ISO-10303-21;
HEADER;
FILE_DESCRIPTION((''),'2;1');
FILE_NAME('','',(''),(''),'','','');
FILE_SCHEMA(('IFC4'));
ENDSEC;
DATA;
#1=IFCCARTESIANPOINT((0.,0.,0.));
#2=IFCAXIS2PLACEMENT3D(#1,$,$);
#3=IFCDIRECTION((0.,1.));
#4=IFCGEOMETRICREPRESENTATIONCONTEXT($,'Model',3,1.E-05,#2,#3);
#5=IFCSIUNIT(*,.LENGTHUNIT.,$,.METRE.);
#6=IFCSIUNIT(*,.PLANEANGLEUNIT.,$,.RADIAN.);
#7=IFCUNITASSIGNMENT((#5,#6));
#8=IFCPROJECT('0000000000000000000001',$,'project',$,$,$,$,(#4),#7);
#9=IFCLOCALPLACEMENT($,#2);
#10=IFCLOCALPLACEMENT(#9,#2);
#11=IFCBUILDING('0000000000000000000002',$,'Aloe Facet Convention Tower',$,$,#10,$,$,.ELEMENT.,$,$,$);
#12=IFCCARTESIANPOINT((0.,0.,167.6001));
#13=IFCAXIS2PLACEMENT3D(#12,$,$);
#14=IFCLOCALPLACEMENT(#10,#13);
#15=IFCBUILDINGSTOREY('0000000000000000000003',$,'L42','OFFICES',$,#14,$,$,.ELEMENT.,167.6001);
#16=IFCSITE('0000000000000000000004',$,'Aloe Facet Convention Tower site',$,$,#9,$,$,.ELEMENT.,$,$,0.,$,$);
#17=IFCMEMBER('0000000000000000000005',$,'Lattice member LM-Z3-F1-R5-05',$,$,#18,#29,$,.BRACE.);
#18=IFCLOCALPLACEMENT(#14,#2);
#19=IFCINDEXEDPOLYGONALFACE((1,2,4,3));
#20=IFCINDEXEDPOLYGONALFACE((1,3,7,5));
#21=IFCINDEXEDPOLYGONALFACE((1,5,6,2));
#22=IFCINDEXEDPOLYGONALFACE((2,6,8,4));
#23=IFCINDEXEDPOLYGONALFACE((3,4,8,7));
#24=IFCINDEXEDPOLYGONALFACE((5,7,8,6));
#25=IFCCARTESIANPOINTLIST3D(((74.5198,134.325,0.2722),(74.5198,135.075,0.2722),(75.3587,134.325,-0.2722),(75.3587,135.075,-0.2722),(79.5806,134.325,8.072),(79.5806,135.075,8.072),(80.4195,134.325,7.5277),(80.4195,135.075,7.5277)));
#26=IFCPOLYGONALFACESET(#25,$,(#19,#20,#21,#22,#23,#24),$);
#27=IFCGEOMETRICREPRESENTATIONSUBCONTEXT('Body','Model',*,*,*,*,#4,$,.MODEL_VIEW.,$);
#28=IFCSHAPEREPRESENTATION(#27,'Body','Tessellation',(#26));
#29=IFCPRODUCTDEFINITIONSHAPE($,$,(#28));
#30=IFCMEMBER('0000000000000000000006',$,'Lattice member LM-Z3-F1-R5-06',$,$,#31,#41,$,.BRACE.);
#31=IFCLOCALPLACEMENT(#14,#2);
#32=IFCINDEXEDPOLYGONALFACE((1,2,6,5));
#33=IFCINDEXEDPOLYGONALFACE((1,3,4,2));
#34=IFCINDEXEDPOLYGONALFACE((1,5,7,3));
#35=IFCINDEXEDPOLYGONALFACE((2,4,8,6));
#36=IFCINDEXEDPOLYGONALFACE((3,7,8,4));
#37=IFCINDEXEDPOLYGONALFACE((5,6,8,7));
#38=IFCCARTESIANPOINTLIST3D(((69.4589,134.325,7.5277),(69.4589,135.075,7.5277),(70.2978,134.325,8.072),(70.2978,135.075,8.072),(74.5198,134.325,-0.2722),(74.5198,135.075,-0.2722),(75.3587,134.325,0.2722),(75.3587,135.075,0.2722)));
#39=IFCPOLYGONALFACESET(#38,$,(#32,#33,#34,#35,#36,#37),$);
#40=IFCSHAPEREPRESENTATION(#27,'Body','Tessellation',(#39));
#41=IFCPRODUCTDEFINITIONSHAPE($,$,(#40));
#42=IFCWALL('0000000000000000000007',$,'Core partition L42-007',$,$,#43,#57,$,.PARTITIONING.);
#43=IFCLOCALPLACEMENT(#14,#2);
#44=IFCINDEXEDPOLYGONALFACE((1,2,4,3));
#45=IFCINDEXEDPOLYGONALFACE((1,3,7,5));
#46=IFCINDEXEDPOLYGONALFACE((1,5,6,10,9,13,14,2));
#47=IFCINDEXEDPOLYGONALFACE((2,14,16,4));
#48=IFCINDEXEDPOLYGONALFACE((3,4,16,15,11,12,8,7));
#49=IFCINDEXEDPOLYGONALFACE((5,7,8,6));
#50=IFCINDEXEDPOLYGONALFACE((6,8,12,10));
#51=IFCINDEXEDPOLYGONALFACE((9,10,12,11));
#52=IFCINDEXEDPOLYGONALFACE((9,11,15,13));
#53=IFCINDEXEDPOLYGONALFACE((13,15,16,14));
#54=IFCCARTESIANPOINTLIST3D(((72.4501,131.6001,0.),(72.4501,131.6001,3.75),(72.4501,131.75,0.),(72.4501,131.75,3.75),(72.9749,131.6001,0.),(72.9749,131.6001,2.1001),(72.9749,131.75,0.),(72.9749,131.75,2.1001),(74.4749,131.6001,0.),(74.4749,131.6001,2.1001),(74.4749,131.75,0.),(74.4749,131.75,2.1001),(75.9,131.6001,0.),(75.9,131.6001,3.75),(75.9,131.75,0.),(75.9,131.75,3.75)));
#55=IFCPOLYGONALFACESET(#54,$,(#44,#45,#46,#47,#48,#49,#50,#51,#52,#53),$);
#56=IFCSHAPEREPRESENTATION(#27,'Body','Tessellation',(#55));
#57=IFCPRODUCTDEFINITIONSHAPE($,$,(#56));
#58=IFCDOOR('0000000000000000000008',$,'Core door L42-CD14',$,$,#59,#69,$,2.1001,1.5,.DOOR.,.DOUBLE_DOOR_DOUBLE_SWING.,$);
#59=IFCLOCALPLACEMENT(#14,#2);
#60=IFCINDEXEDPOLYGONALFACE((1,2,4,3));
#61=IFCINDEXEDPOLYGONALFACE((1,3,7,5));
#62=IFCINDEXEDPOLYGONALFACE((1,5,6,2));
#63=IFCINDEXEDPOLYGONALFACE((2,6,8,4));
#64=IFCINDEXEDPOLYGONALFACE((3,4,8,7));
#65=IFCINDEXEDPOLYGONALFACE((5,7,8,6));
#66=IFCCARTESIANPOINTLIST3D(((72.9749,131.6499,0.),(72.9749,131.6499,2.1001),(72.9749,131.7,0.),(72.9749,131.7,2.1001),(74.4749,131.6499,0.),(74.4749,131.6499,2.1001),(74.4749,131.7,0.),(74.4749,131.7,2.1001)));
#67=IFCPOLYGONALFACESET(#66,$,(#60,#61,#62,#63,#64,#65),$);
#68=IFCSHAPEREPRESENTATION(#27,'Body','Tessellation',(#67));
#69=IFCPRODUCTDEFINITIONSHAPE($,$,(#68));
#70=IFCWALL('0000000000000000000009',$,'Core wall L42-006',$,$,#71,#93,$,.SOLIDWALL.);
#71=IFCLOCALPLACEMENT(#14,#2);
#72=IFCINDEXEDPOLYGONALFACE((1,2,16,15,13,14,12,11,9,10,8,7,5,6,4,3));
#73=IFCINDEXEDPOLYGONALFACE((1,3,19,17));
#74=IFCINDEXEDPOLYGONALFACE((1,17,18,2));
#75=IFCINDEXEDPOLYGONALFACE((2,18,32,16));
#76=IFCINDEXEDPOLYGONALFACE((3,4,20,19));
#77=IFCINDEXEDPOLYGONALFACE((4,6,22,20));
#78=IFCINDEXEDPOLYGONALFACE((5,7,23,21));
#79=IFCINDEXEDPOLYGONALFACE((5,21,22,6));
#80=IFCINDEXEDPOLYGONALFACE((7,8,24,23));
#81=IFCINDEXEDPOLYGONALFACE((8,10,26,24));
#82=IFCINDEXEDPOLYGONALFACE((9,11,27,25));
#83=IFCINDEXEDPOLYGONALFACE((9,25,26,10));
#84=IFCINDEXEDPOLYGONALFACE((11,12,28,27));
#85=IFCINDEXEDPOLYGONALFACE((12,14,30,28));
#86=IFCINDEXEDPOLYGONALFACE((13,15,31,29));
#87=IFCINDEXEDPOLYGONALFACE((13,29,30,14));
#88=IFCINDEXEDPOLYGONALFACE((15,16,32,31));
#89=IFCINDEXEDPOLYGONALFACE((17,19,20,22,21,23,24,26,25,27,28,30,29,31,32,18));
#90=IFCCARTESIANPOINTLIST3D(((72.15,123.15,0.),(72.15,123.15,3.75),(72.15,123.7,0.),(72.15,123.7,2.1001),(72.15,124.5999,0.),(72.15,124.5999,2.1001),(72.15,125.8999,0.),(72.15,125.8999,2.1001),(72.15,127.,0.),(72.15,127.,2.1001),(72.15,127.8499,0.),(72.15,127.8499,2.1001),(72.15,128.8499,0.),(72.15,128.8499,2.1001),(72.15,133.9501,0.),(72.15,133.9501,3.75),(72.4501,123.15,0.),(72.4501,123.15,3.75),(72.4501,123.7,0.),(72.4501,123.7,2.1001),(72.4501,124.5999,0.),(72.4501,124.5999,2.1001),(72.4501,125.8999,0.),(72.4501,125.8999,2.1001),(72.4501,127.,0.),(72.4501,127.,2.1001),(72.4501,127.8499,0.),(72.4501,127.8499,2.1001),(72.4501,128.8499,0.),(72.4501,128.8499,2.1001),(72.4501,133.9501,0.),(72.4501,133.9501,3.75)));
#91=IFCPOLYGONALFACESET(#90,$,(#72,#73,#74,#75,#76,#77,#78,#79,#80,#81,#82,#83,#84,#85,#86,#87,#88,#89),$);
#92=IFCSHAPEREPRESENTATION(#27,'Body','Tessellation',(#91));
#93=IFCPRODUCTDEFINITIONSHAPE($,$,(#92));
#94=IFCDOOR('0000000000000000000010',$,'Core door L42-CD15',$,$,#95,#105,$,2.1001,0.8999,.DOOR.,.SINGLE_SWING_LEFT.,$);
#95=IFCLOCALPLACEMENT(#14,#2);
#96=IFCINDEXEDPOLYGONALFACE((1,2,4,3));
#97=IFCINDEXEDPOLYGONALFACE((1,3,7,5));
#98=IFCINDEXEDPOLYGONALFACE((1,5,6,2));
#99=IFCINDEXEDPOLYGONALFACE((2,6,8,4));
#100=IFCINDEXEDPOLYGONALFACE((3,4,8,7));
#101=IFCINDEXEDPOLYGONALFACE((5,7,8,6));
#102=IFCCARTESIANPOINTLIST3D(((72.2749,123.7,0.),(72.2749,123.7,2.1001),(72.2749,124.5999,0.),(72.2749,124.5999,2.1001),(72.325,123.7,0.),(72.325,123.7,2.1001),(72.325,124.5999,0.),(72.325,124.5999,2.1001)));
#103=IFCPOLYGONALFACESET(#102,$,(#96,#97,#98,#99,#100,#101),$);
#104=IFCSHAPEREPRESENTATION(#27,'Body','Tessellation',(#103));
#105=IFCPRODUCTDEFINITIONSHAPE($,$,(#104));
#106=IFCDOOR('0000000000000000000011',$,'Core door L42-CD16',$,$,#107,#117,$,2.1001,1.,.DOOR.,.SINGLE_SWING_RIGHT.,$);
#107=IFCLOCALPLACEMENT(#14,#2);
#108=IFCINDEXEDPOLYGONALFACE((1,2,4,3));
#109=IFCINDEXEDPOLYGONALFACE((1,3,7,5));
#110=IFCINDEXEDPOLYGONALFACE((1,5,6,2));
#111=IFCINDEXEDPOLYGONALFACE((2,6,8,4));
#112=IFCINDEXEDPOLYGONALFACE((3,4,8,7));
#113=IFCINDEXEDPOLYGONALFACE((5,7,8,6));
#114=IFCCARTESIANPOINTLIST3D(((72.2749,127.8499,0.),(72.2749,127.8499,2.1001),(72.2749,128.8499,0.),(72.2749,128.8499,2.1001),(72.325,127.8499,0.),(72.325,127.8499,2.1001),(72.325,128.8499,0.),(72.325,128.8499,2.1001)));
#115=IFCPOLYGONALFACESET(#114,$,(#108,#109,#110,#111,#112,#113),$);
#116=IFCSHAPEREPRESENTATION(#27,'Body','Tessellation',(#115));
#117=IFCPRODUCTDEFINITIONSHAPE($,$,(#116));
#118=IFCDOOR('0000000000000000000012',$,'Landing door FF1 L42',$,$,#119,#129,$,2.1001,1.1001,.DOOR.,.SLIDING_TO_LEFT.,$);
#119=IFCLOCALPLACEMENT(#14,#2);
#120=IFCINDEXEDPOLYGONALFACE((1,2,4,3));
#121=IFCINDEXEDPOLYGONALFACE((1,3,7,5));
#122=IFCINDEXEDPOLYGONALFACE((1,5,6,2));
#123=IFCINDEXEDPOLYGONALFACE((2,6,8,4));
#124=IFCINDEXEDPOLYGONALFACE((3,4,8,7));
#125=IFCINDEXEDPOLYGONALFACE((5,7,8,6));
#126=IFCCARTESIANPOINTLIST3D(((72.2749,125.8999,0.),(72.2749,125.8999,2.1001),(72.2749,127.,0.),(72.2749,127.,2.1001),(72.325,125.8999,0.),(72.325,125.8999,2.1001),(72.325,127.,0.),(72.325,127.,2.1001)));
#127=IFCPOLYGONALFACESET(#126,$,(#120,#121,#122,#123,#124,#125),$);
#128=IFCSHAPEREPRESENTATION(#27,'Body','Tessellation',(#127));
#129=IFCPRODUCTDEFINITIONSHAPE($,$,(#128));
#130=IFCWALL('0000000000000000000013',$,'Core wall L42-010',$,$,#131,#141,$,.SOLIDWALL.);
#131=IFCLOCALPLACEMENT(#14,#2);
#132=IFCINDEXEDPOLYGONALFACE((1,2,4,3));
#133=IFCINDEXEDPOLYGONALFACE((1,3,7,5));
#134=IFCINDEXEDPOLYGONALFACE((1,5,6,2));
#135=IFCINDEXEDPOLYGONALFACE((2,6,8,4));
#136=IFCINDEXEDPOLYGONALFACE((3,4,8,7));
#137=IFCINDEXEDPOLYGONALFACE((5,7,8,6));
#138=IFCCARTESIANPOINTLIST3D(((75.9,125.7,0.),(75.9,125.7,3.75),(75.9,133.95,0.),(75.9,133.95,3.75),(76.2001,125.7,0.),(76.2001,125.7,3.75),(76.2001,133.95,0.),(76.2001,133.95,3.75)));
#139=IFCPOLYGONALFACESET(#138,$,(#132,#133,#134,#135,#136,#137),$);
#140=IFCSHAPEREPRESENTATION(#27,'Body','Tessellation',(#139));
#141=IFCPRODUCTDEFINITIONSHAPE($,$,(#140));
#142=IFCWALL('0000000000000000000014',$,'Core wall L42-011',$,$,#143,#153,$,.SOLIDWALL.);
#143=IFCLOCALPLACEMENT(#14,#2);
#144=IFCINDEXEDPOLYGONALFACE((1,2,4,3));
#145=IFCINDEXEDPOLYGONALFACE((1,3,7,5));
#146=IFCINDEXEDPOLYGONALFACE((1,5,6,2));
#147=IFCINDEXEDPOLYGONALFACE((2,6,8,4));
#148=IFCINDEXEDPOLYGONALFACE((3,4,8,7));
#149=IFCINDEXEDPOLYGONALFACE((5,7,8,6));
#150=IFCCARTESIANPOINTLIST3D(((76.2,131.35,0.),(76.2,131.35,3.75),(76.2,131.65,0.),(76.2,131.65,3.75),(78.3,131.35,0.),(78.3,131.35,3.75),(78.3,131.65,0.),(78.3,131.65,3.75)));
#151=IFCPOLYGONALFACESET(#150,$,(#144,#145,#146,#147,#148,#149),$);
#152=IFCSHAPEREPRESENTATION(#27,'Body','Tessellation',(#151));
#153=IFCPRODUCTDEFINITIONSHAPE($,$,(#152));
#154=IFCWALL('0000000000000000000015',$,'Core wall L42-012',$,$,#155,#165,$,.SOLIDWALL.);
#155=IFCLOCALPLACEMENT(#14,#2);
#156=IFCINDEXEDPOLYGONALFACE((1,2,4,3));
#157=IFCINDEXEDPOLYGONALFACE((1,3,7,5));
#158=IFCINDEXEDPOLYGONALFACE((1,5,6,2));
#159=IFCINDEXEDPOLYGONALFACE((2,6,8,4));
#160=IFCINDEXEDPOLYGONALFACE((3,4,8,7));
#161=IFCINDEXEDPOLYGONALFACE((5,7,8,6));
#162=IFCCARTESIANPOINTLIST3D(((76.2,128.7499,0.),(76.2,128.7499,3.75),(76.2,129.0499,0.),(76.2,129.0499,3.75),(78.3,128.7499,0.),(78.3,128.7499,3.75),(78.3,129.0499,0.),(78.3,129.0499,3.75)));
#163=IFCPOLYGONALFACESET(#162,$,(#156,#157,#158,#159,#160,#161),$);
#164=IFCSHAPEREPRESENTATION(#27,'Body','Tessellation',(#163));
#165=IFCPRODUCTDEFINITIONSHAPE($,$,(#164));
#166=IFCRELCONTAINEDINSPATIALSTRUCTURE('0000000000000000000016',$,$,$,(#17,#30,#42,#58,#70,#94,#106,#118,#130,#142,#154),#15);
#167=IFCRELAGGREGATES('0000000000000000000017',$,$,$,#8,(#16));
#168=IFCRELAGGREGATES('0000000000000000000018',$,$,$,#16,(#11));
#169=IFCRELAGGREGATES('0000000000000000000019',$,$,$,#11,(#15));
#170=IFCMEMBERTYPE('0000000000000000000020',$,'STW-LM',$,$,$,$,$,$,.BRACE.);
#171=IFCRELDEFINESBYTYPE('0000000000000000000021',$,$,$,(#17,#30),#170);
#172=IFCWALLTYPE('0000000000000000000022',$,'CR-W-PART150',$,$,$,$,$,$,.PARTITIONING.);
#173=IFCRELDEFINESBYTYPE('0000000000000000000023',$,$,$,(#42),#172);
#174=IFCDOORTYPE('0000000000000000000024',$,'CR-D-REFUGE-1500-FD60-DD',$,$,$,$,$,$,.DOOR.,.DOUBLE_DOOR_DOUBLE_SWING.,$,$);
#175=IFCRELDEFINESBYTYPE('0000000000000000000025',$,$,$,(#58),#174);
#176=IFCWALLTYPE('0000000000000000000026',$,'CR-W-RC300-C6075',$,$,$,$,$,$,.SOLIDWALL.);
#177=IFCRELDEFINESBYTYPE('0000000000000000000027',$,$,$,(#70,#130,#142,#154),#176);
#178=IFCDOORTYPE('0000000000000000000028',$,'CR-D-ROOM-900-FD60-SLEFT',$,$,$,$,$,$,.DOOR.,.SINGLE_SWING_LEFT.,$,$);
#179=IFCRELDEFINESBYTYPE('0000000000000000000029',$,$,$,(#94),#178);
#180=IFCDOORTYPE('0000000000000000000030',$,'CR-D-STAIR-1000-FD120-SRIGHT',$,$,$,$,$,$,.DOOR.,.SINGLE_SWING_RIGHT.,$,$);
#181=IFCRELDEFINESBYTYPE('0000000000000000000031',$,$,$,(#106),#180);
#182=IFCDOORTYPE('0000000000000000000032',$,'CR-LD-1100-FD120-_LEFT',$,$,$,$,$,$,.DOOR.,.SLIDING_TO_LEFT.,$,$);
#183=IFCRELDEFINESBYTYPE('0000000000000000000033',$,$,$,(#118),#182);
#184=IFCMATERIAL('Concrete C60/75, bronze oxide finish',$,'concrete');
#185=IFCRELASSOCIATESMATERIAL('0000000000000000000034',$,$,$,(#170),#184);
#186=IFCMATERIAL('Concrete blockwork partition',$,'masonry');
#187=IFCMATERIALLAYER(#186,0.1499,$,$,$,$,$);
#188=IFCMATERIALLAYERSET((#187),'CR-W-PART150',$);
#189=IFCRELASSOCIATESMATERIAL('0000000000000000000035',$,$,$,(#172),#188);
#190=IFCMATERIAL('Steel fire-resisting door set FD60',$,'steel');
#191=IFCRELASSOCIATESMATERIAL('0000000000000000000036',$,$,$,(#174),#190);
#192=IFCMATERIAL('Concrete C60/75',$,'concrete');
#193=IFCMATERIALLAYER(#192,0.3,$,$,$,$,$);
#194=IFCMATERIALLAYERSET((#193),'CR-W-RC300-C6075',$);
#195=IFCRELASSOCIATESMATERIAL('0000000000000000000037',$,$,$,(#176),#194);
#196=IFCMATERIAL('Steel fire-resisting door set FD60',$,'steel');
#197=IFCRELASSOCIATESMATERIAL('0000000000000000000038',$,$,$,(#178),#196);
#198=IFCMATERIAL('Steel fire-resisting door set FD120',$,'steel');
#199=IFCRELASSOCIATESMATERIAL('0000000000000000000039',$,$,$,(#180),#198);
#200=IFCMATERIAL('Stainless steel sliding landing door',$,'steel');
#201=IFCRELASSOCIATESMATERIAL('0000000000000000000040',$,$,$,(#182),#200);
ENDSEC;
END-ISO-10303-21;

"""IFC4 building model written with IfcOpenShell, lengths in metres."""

from ifc_helpers import new_model, si_unit, direction, frame, frame_2d, origin, origin_2d, place, context, subcontext, project, spatial, rectangle, extrude, material, layer, layer_set, material_profile, profile_set, type_object, element, fill, save


model = new_model("IFC4")

# Units and contexts
model_context = context("Model", 3, precision=1e-05, world=origin(), true_north=direction((0.0, 1.0)))
body_context = subcontext(model_context, "Body", "Model", "MODEL_VIEW")
ifc_project = project(units=[si_unit("LENGTHUNIT", "METRE"), si_unit("PLANEANGLEUNIT", "RADIAN")], contexts=[model_context])

# Site, building, storey
site_placement = place(None, origin())
site = spatial("IfcSite", under=ifc_project, at=site_placement, Name="Aloe Facet Convention Tower site", CompositionType="ELEMENT", RefElevation=0.0)
building_placement = place(site_placement, origin())
building = spatial("IfcBuilding", under=site, at=building_placement, Name="Aloe Facet Convention Tower", CompositionType="ELEMENT")
storey_placement = place(building_placement, frame((0.0, 0.0, 167.6001)))
storey = spatial("IfcBuildingStorey", under=building, at=storey_placement, Name="L42", Description="OFFICES", CompositionType="ELEMENT", Elevation=167.6001)

# Members
ifc_material_1 = material(Name="Concrete C60/75, bronze oxide finish", Category="concrete")
ifc_material_profile = material_profile(ifc_material_1, rectangle(XDim=0.75, YDim=1.0, at=origin_2d()), Name="STW-LM")
ifc_profile_set = profile_set([ifc_material_profile], Name="Concrete C60/75, bronze oxide finish")
member_type = type_object("IfcMemberType", Name="STW-LM", PredefinedType="BRACE", material=ifc_profile_set)
for number, where, z_axis, x_axis, name in (
    (1, (74.9392, 134.7, 0.0), (0.544301, 0.0, 0.83889), (0.0, 1.0, 0.0), "Lattice member LM-Z3-F1-R5-05"),
    (2, (74.9392, 134.7, 0.0), (-0.544301, 0.0, 0.83889), (0.0, -1.0, 0.0), "Lattice member LM-Z3-F1-R5-06"),
):
    element("IfcMember", number, at=place(storey_placement, frame(where, z_axis=z_axis, x_axis=x_axis)), inside=storey, type_object=member_type, Name=name, PredefinedType="BRACE", context=body_context, shape_type="SweptSolid", body=[
        extrude(rectangle(XDim=0.75, YDim=1.0, at=origin_2d()), origin(), (0.0, 0.0, 1.0), 9.2979),
    ])

# Wall, opening, door
ifc_material_2 = material(Name="Concrete blockwork partition", Category="masonry")
ifc_layer_1 = layer(ifc_material_2, 0.1499)
ifc_layer_set_1 = layer_set([ifc_layer_1], Name="CR-W-PART150")
wall_type_1 = type_object("IfcWallType", Name="CR-W-PART150", PredefinedType="PARTITIONING", material=ifc_layer_set_1)
wall_1_placement = place(storey_placement, frame((72.45, 131.675, 0.0), z_axis=(0.0, 0.0, 1.0), x_axis=(1.0, 0.0, 0.0)))
wall_1 = element("IfcWall", 3, at=wall_1_placement, inside=storey, type_object=wall_type_1, Name="Core partition L42-007", PredefinedType="PARTITIONING", context=body_context, shape_type="SweptSolid", body=[
    extrude(rectangle(XDim=3.45, YDim=0.1499, at=frame_2d((1.7251, 0.0))), origin(), (0.0, 0.0, 1.0), 3.75),
])
opening_1_placement = place(wall_1_placement, frame((0.5249, 0.0, 0.0)))
opening_1 = element("IfcOpeningElement", 4, at=opening_1_placement, cuts=wall_1, PredefinedType="OPENING", context=body_context, shape_type="SweptSolid", body=[
    extrude(rectangle(XDim=1.5, YDim=2.1001, at=frame_2d((0.75, 1.05))), frame((0.0, 0.085, 0.0), z_axis=(0.0, -1.0, 0.0), x_axis=(1.0, 0.0, 0.0)), (0.0, 0.0, 1.0), 0.1699),
])
ifc_material_3 = material(Name="Steel fire-resisting door set FD60", Category="steel")
door_type_1 = type_object("IfcDoorType", Name="CR-D-REFUGE-1500-FD60-DD", OperationType="DOUBLE_DOOR_DOUBLE_SWING", PredefinedType="DOOR", material=ifc_material_3)
door_1_placement = place(opening_1_placement, origin())
door_1 = element("IfcDoor", 5, at=door_1_placement, inside=storey, type_object=door_type_1, Name="Core door L42-CD14", OperationType="DOUBLE_DOOR_DOUBLE_SWING", OverallHeight=2.1001, OverallWidth=1.5, PredefinedType="DOOR", context=body_context, shape_type="SweptSolid", body=[
    extrude(rectangle(XDim=1.5, YDim=2.1001, at=frame_2d((0.75, 1.05))), frame((0.0, 0.0249, 0.0), z_axis=(0.0, -1.0, 0.0), x_axis=(1.0, 0.0, 0.0)), (0.0, 0.0, 1.0), 0.05),
])
fill(opening_1, door_1)

# Wall, openings, doors
ifc_material_4 = material(Name="Concrete C60/75", Category="concrete")
ifc_layer_2 = layer(ifc_material_4, 0.3)
ifc_layer_set_2 = layer_set([ifc_layer_2], Name="CR-W-RC300-C6075")
wall_type_2 = type_object("IfcWallType", Name="CR-W-RC300-C6075", PredefinedType="SOLIDWALL", material=ifc_layer_set_2)
wall_2_placement = place(storey_placement, frame((72.3, 133.95, 0.0), z_axis=(0.0, 0.0, 1.0), x_axis=(0.0, -1.0, 0.0)))
wall_2 = element("IfcWall", 6, at=wall_2_placement, inside=storey, type_object=wall_type_2, Name="Core wall L42-006", PredefinedType="SOLIDWALL", context=body_context, shape_type="SweptSolid", body=[
    extrude(rectangle(XDim=10.8, YDim=0.3, at=frame_2d((5.3999, 0.0))), origin(), (0.0, 0.0, 1.0), 3.75),
])
opening_2_placement = place(wall_2_placement, frame((6.95, 0.0, 0.0)))
opening_2 = element("IfcOpeningElement", 7, at=opening_2_placement, cuts=wall_2, PredefinedType="OPENING", context=body_context, shape_type="SweptSolid", body=[
    extrude(rectangle(XDim=1.1001, YDim=2.1001, at=frame_2d((0.55, 1.05))), frame((0.0, 0.1602, 0.0), z_axis=(0.0, -1.0, 0.0), x_axis=(1.0, 0.0, 0.0)), (0.0, 0.0, 1.0), 0.3201),
])
opening_3_placement = place(wall_2_placement, frame((9.3501, 0.0, 0.0)))
opening_3 = element("IfcOpeningElement", 8, at=opening_3_placement, cuts=wall_2, PredefinedType="OPENING", context=body_context, shape_type="SweptSolid", body=[
    extrude(rectangle(XDim=0.8999, YDim=2.1001, at=frame_2d((0.45, 1.05))), frame((0.0, 0.1602, 0.0), z_axis=(0.0, -1.0, 0.0), x_axis=(1.0, 0.0, 0.0)), (0.0, 0.0, 1.0), 0.3201),
])
opening_4_placement = place(wall_2_placement, frame((5.1001, 0.0, 0.0)))
opening_4 = element("IfcOpeningElement", 9, at=opening_4_placement, cuts=wall_2, PredefinedType="OPENING", context=body_context, shape_type="SweptSolid", body=[
    extrude(rectangle(XDim=1.0, YDim=2.1001, at=frame_2d((0.5, 1.05))), frame((0.0, 0.1602, 0.0), z_axis=(0.0, -1.0, 0.0), x_axis=(1.0, 0.0, 0.0)), (0.0, 0.0, 1.0), 0.3201),
])
ifc_material_5 = material(Name="Steel fire-resisting door set FD60", Category="steel")
door_type_2 = type_object("IfcDoorType", Name="CR-D-ROOM-900-FD60-SLEFT", OperationType="SINGLE_SWING_LEFT", PredefinedType="DOOR", material=ifc_material_5)
door_2_placement = place(opening_3_placement, origin())
door_2 = element("IfcDoor", 10, at=door_2_placement, inside=storey, type_object=door_type_2, Name="Core door L42-CD15", OperationType="SINGLE_SWING_LEFT", OverallHeight=2.1001, OverallWidth=0.8999, PredefinedType="DOOR", context=body_context, shape_type="SweptSolid", body=[
    extrude(rectangle(XDim=0.8999, YDim=2.1001, at=frame_2d((0.45, 1.05))), frame((0.0, 0.0249, 0.0), z_axis=(0.0, -1.0, 0.0), x_axis=(1.0, 0.0, 0.0)), (0.0, 0.0, 1.0), 0.05),
])
fill(opening_3, door_2)
ifc_material_6 = material(Name="Steel fire-resisting door set FD120", Category="steel")
door_type_3 = type_object("IfcDoorType", Name="CR-D-STAIR-1000-FD120-SRIGHT", OperationType="SINGLE_SWING_RIGHT", PredefinedType="DOOR", material=ifc_material_6)
door_3_placement = place(opening_4_placement, origin())
door_3 = element("IfcDoor", 11, at=door_3_placement, inside=storey, type_object=door_type_3, Name="Core door L42-CD16", OperationType="SINGLE_SWING_RIGHT", OverallHeight=2.1001, OverallWidth=1.0, PredefinedType="DOOR", context=body_context, shape_type="SweptSolid", body=[
    extrude(rectangle(XDim=1.0, YDim=2.1001, at=frame_2d((0.5, 1.05))), frame((0.0, 0.0249, 0.0), z_axis=(0.0, -1.0, 0.0), x_axis=(1.0, 0.0, 0.0)), (0.0, 0.0, 1.0), 0.05),
])
fill(opening_4, door_3)
ifc_material_7 = material(Name="Stainless steel sliding landing door", Category="steel")
door_type_4 = type_object("IfcDoorType", Name="CR-LD-1100-FD120-_LEFT", OperationType="SLIDING_TO_LEFT", PredefinedType="DOOR", material=ifc_material_7)
door_4_placement = place(opening_2_placement, origin())
door_4 = element("IfcDoor", 12, at=door_4_placement, inside=storey, type_object=door_type_4, Name="Landing door FF1 L42", OperationType="SLIDING_TO_LEFT", OverallHeight=2.1001, OverallWidth=1.1001, PredefinedType="DOOR", context=body_context, shape_type="SweptSolid", body=[
    extrude(rectangle(XDim=1.1001, YDim=2.1001, at=frame_2d((0.55, 1.05))), frame((0.0, 0.0249, 0.0), z_axis=(0.0, -1.0, 0.0), x_axis=(1.0, 0.0, 0.0)), (0.0, 0.0, 1.0), 0.05),
])
fill(opening_2, door_4)

# Walls
wall_3_placement = place(storey_placement, frame((76.05, 133.95, 0.0), z_axis=(0.0, 0.0, 1.0), x_axis=(0.0, -1.0, 0.0)))
element("IfcWall", 13, at=wall_3_placement, inside=storey, type_object=wall_type_2, Name="Core wall L42-010", PredefinedType="SOLIDWALL", context=body_context, shape_type="SweptSolid", body=[
    extrude(rectangle(XDim=8.25, YDim=0.3, at=frame_2d((4.125, 0.0))), origin(), (0.0, 0.0, 1.0), 3.75),
])
for number, where, z_axis, x_axis, name in (
    (14, (76.2, 131.5, 0.0), (0.0, 0.0, 1.0), (1.0, 0.0, 0.0), "Core wall L42-011"),
    (15, (76.2, 128.8999, 0.0), (0.0, 0.0, 1.0), (1.0, 0.0, 0.0), "Core wall L42-012"),
):
    element("IfcWall", number, at=place(storey_placement, frame(where, z_axis=z_axis, x_axis=x_axis)), inside=storey, type_object=wall_type_2, Name=name, PredefinedType="SOLIDWALL", context=body_context, shape_type="SweptSolid", body=[
        extrude(rectangle(XDim=2.1001, YDim=0.3, at=frame_2d((1.05, 0.0))), origin(), (0.0, 0.0, 1.0), 3.75),
    ])

save(model, "model.ifc")
